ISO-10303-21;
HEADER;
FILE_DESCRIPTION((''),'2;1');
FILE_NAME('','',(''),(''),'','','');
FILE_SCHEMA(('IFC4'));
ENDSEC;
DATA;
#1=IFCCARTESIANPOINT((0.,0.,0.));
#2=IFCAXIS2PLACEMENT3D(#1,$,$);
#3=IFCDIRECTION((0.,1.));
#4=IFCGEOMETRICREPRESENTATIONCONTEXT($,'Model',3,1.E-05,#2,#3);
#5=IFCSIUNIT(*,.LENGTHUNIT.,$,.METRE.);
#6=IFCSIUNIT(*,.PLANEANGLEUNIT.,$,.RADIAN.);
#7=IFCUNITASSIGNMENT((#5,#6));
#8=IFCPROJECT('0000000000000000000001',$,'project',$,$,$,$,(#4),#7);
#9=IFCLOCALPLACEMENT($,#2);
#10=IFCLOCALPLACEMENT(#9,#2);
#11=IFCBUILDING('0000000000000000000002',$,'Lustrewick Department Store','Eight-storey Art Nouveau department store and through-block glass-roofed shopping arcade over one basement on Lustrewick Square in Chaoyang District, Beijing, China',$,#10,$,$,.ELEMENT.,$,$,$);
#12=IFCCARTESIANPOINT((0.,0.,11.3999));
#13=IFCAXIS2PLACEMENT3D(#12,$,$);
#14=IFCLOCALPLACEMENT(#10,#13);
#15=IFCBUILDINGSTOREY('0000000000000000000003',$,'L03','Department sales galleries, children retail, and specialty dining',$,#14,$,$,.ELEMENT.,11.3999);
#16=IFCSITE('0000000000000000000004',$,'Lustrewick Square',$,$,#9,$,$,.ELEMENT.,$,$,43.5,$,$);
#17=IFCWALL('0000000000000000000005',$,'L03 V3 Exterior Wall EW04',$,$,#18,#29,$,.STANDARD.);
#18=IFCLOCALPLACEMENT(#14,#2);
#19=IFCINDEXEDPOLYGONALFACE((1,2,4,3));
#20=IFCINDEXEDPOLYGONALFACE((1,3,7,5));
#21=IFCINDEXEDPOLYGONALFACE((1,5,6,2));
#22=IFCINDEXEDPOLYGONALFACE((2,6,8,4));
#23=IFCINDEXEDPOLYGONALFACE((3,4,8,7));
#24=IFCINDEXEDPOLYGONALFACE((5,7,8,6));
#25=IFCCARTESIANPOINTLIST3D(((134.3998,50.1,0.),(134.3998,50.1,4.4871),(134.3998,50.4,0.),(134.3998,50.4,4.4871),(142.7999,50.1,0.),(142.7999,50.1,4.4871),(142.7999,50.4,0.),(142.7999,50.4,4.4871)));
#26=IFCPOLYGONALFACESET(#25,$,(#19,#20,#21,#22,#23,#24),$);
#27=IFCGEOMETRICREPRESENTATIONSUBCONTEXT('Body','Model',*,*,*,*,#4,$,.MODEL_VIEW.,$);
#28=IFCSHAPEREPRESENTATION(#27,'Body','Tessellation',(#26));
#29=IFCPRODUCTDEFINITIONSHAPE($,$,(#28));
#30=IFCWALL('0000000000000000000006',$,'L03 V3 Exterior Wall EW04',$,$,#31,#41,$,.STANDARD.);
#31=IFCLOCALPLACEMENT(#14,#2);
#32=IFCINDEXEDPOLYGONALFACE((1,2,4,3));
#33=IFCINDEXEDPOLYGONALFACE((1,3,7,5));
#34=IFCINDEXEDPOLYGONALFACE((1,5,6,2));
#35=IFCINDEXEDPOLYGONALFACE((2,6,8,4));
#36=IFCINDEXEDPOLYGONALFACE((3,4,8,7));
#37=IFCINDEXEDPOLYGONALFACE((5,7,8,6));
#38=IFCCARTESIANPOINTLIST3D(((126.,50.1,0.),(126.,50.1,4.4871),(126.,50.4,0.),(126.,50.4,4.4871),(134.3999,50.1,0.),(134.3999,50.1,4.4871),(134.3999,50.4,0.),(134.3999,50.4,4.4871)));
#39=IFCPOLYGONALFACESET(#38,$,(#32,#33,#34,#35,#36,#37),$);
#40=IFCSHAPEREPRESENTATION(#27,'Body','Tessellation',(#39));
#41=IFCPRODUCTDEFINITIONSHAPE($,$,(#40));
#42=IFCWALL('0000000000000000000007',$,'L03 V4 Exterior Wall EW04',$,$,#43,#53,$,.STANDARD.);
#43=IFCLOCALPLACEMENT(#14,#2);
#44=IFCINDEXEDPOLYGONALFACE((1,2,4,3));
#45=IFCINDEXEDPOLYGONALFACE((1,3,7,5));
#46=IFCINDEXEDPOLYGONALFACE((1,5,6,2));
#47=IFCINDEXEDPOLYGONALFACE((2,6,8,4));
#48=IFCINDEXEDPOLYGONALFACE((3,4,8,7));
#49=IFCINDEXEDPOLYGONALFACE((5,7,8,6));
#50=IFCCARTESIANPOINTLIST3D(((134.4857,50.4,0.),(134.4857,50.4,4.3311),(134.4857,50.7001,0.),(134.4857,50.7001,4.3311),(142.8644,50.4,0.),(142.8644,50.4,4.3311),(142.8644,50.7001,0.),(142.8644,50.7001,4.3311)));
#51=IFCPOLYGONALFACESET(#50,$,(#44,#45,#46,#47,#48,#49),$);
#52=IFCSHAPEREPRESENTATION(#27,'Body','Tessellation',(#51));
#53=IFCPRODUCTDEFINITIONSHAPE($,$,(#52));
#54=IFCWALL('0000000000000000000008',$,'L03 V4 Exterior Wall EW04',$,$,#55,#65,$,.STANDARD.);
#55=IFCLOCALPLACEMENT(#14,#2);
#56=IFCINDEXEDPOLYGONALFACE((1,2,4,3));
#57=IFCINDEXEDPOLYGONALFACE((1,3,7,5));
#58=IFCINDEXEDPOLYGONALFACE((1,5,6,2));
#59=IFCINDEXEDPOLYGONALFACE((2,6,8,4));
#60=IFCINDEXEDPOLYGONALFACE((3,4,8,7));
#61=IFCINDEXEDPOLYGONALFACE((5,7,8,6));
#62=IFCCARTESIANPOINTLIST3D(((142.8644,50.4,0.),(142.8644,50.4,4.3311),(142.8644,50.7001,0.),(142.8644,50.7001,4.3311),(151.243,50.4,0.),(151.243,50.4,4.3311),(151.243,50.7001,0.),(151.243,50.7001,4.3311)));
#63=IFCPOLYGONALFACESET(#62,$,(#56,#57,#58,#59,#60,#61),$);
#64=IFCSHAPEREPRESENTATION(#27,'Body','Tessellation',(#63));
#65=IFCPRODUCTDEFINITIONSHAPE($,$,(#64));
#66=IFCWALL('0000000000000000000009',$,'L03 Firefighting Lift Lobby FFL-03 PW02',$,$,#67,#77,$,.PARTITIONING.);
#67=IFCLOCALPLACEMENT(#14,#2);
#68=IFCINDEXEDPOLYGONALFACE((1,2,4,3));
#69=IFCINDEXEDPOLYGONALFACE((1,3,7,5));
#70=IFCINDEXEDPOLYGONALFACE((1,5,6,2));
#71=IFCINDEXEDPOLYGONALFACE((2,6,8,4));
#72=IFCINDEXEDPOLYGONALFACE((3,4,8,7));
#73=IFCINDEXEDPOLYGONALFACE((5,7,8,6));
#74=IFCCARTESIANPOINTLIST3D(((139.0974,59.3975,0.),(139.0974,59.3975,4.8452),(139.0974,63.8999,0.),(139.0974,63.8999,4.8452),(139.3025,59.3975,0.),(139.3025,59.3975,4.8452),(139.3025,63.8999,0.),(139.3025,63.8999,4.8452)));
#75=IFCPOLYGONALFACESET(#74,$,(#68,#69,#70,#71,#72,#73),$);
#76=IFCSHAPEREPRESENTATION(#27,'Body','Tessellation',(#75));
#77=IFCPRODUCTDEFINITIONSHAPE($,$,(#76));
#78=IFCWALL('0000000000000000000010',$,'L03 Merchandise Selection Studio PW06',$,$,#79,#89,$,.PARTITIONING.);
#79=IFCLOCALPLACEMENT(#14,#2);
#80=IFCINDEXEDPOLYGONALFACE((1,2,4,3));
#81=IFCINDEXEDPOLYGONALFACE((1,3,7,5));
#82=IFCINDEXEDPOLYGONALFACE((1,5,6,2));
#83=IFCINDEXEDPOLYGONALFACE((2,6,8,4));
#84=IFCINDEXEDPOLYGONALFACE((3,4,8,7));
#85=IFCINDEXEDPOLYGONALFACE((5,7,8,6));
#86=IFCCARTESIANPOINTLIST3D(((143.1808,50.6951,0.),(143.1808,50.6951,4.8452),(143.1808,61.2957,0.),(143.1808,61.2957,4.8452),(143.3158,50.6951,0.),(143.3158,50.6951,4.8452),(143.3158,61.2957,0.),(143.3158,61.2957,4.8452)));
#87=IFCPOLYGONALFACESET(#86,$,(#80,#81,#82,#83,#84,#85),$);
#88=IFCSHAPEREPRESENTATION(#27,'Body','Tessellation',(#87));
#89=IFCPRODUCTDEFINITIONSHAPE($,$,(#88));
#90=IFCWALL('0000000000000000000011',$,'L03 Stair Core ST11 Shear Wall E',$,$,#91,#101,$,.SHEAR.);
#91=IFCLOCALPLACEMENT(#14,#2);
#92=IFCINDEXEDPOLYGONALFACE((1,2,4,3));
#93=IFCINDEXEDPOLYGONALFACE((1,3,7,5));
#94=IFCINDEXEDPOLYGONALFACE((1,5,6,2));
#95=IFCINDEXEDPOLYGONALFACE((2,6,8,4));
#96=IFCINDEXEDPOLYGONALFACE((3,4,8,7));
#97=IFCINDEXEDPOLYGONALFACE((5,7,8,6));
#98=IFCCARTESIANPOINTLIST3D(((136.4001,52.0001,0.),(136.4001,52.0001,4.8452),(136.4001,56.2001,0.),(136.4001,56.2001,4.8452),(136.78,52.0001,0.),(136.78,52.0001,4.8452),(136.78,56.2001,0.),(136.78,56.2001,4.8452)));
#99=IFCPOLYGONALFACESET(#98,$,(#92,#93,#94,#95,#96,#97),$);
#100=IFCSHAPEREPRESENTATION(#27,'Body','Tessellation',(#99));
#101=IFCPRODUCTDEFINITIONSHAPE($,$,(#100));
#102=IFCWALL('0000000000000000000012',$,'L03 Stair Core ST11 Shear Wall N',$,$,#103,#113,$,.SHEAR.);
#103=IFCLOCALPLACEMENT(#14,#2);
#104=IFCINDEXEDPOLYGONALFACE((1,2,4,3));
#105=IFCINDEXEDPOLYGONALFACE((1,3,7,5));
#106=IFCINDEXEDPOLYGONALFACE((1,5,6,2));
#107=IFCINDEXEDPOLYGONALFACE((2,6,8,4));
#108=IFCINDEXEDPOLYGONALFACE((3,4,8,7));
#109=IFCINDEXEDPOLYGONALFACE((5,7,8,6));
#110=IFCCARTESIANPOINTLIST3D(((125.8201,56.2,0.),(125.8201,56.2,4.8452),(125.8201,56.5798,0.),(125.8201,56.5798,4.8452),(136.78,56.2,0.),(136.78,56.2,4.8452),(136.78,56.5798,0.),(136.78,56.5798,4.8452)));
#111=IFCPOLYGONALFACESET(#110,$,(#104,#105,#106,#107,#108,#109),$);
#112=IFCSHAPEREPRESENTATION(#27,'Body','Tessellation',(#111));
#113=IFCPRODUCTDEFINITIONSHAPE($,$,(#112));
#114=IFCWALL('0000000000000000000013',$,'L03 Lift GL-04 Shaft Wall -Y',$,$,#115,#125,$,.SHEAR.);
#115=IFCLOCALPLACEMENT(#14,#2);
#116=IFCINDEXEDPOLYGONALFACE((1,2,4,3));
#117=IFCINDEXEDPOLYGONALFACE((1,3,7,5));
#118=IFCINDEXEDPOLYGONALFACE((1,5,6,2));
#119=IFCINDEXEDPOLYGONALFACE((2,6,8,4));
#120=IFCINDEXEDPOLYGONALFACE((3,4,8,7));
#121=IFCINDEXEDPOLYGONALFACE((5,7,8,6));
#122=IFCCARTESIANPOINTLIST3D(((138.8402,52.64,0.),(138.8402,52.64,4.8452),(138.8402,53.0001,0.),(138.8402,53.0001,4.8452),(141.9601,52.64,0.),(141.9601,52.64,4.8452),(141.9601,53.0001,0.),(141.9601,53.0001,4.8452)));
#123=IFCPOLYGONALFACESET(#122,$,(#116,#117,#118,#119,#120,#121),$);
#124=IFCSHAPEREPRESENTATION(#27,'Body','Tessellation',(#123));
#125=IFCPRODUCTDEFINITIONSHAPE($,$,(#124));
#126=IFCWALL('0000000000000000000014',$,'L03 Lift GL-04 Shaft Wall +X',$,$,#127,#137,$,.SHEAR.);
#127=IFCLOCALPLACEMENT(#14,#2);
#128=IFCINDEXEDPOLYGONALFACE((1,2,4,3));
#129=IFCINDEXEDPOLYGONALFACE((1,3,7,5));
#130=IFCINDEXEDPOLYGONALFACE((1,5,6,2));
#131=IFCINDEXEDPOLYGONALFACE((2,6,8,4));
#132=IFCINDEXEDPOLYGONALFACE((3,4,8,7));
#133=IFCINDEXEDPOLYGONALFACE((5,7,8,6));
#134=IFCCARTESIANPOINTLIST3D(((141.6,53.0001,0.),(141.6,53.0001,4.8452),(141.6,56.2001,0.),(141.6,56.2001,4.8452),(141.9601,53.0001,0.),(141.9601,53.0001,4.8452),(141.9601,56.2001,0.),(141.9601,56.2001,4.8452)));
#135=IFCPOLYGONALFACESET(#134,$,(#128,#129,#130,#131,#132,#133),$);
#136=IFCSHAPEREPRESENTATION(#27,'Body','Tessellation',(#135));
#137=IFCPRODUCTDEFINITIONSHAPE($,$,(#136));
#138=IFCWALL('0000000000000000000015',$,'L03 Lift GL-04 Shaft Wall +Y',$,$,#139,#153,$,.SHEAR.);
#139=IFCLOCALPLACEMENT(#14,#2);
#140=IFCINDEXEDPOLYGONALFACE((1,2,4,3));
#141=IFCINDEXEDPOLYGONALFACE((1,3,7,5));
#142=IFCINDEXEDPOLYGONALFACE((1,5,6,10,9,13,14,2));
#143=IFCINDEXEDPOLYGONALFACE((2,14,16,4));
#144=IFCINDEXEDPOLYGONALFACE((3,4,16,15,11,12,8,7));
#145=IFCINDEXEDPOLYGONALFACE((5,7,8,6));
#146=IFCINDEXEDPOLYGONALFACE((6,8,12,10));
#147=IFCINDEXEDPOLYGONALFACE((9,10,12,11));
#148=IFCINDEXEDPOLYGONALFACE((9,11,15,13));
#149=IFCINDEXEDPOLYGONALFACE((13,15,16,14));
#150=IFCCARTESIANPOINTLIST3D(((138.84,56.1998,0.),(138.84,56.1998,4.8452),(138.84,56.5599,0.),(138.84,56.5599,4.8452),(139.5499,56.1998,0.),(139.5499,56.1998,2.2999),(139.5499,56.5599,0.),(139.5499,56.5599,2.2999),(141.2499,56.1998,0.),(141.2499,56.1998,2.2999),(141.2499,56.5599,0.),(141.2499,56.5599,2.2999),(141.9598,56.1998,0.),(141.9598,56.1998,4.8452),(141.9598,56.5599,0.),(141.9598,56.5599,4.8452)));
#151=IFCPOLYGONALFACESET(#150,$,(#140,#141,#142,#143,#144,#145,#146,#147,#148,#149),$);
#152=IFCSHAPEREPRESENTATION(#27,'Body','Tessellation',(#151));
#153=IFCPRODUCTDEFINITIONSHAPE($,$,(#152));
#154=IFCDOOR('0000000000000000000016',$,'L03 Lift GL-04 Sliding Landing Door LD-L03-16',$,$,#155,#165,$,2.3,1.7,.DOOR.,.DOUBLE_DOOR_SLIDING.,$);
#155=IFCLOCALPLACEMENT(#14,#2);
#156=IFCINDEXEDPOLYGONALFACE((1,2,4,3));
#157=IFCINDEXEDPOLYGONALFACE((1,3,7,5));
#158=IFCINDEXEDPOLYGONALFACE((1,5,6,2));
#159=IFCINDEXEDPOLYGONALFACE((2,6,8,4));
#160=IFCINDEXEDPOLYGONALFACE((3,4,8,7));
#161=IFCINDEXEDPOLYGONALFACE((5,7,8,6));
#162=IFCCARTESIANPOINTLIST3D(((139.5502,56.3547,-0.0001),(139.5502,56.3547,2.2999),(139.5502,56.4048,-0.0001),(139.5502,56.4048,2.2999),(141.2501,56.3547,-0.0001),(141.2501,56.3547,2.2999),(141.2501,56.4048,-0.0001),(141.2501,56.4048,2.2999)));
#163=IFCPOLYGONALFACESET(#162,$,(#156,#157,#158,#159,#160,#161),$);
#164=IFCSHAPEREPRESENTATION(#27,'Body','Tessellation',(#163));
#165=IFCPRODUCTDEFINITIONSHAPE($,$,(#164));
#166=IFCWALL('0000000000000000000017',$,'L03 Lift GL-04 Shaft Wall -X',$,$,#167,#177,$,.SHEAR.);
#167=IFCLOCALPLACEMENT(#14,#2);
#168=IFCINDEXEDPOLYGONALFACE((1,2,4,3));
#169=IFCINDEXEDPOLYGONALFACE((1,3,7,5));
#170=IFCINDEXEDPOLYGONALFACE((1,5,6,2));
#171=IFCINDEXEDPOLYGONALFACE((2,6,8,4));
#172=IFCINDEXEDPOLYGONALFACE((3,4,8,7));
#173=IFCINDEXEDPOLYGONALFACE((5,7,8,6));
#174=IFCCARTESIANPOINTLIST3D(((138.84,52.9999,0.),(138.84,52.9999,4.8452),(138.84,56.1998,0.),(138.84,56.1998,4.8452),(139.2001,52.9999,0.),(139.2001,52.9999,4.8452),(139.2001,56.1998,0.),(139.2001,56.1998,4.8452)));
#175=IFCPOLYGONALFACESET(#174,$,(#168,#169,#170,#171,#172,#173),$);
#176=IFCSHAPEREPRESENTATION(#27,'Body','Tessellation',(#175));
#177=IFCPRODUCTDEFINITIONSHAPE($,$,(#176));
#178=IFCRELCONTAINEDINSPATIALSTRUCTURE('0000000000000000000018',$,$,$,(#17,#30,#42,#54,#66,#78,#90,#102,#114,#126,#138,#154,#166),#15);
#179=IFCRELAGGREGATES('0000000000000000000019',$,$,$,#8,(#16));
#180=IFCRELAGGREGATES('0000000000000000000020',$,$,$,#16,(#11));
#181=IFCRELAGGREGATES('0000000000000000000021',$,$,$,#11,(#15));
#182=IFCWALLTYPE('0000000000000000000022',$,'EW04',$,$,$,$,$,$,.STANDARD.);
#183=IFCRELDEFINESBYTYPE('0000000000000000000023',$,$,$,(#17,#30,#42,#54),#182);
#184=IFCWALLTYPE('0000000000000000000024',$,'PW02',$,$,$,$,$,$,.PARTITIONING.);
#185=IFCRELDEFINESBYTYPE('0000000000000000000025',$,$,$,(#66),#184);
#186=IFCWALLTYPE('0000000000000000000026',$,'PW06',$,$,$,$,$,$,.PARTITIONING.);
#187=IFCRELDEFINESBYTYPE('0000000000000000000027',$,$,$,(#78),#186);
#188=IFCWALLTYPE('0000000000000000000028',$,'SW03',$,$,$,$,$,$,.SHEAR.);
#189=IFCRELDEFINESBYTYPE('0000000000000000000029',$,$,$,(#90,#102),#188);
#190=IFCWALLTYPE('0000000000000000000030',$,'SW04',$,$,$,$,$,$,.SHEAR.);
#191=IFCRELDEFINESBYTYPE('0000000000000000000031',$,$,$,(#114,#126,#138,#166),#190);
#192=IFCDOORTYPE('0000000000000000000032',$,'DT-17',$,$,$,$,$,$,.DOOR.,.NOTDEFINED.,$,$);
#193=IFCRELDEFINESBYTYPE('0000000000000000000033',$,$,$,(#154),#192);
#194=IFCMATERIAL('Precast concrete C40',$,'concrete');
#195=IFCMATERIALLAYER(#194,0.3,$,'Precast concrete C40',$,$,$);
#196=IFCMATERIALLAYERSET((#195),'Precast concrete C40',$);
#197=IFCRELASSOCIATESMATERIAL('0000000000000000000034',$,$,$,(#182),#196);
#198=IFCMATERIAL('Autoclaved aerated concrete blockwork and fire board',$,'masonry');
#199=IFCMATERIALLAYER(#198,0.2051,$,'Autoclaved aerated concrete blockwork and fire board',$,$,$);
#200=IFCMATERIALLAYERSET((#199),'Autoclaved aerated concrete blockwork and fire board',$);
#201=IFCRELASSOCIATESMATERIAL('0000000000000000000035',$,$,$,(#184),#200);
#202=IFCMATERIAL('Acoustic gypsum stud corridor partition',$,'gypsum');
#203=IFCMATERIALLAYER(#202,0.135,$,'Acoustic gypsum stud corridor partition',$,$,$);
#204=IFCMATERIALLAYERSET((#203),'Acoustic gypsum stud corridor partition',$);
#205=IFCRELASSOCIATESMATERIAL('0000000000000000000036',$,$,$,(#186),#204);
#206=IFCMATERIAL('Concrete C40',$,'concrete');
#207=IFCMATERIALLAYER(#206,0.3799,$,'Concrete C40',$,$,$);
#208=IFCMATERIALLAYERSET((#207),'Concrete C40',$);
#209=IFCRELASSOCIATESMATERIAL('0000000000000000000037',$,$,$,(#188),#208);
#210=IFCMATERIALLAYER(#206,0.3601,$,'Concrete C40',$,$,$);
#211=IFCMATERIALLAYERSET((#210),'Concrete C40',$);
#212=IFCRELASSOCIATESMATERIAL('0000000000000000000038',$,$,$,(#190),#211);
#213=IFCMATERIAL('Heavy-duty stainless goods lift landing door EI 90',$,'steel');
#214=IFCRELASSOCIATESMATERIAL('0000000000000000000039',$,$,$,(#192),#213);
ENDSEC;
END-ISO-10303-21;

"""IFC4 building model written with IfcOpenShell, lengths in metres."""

from ifc_helpers import new_model, si_unit, direction, frame, frame_2d, origin, place, context, subcontext, project, spatial, rectangle, extrude, material, layer, layer_set, type_object, element, fill, save


model = new_model("IFC4")

# Units and contexts
model_context = context("Model", 3, precision=1e-05, world=origin(), true_north=direction((0.0, 1.0)))
body_context = subcontext(model_context, "Body", "Model", "MODEL_VIEW")
ifc_project = project(units=[si_unit("LENGTHUNIT", "METRE"), si_unit("PLANEANGLEUNIT", "RADIAN")], contexts=[model_context])

# Site, building, storey
site_placement = place(None, origin())
site = spatial("IfcSite", under=ifc_project, at=site_placement, Name="Lustrewick Square", CompositionType="ELEMENT", RefElevation=43.5)
building_placement = place(site_placement, origin())
building = spatial("IfcBuilding", under=site, at=building_placement, Name="Lustrewick Department Store", Description="Eight-storey Art Nouveau department store and through-block glass-roofed shopping arcade over one basement on Lustrewick Square in Chaoyang District, Beijing, China", CompositionType="ELEMENT")
storey_placement = place(building_placement, frame((0.0, 0.0, 11.3999)))
storey = spatial("IfcBuildingStorey", under=building, at=storey_placement, Name="L03", Description="Department sales galleries, children retail, and specialty dining", CompositionType="ELEMENT", Elevation=11.3999)

# Walls
ifc_material_1 = material(Name="Precast concrete C40", Category="concrete")
ifc_layer_1 = layer(ifc_material_1, 0.3, Name="Precast concrete C40")
ifc_layer_set_1 = layer_set([ifc_layer_1], Name="Precast concrete C40")
wall_type_1 = type_object("IfcWallType", Name="EW04", PredefinedType="STANDARD", material=ifc_layer_set_1)
wall_1_placement = place(storey_placement, frame((142.8, 50.25, 0.0), z_axis=(0.0, 0.0, 1.0), x_axis=(-1.0, 0.0, 0.0)))
element("IfcWall", 1, at=wall_1_placement, inside=storey, type_object=wall_type_1, Name="L03 V3 Exterior Wall EW04", PredefinedType="STANDARD", context=body_context, shape_type="SweptSolid", body=[
    extrude(rectangle(XDim=8.4001, YDim=0.3, at=frame_2d((4.2002, 0.0))), origin(), (0.0, 0.0, 1.0), 4.4871),
])
wall_2_placement = place(storey_placement, frame((134.3999, 50.25, 0.0), z_axis=(0.0, 0.0, 1.0), x_axis=(-1.0, 0.0, 0.0)))
element("IfcWall", 2, at=wall_2_placement, inside=storey, type_object=wall_type_1, Name="L03 V3 Exterior Wall EW04", PredefinedType="STANDARD", context=body_context, shape_type="SweptSolid", body=[
    extrude(rectangle(XDim=8.3999, YDim=0.3, at=frame_2d((4.2, 0.0))), origin(), (0.0, 0.0, 1.0), 4.4871),
])
for number, where, z_axis, x_axis, name in (
    (3, (134.4856, 50.55, 0.0), (0.0, 0.0, 1.0), (1.0, 0.0, 0.0), "L03 V4 Exterior Wall EW04"),
    (4, (142.8643, 50.55, 0.0), (0.0, 0.0, 1.0), (1.0, 0.0, 0.0), "L03 V4 Exterior Wall EW04"),
):
    element("IfcWall", number, at=place(storey_placement, frame(where, z_axis=z_axis, x_axis=x_axis)), inside=storey, type_object=wall_type_1, Name=name, PredefinedType="STANDARD", context=body_context, shape_type="SweptSolid", body=[
        extrude(rectangle(XDim=8.3787, YDim=0.3, at=frame_2d((4.1895, 0.0))), origin(), (0.0, 0.0, 1.0), 4.3311),
    ])

# Shared definitions
ifc_material_2 = material(Name="Autoclaved aerated concrete blockwork and fire board", Category="masonry")
ifc_layer_2 = layer(ifc_material_2, 0.2051, Name="Autoclaved aerated concrete blockwork and fire board")
ifc_layer_set_2 = layer_set([ifc_layer_2], Name="Autoclaved aerated concrete blockwork and fire board")
wall_type_2 = type_object("IfcWallType", Name="PW02", PredefinedType="PARTITIONING", material=ifc_layer_set_2)

# Walls
wall_3_placement = place(storey_placement, frame((139.2, 59.3975, 0.0), z_axis=(0.0, 0.0, 1.0), x_axis=(0.0, 1.0, 0.0)))
element("IfcWall", 5, at=wall_3_placement, inside=storey, type_object=wall_type_2, Name="L03 Firefighting Lift Lobby FFL-03 PW02", PredefinedType="PARTITIONING", context=body_context, shape_type="SweptSolid", body=[
    extrude(rectangle(XDim=4.5024, YDim=0.2051, at=frame_2d((2.2512, 0.0))), origin(), (0.0, 0.0, 1.0), 4.8452),
])
ifc_material_3 = material(Name="Acoustic gypsum stud corridor partition", Category="gypsum")
ifc_layer_3 = layer(ifc_material_3, 0.135, Name="Acoustic gypsum stud corridor partition")
ifc_layer_set_3 = layer_set([ifc_layer_3], Name="Acoustic gypsum stud corridor partition")
wall_type_3 = type_object("IfcWallType", Name="PW06", PredefinedType="PARTITIONING", material=ifc_layer_set_3)
wall_4_placement = place(storey_placement, frame((143.2483, 61.2957, 0.0), z_axis=(0.0, 0.0, 1.0), x_axis=(0.0, -1.0, 0.0)))
element("IfcWall", 6, at=wall_4_placement, inside=storey, type_object=wall_type_3, Name="L03 Merchandise Selection Studio PW06", PredefinedType="PARTITIONING", context=body_context, shape_type="SweptSolid", body=[
    extrude(rectangle(XDim=10.6006, YDim=0.135, at=frame_2d((5.3003, 0.0))), origin(), (0.0, 0.0, 1.0), 4.8452),
])
ifc_material_4 = material(Name="Concrete C40", Category="concrete")
ifc_layer_4 = layer(ifc_material_4, 0.3799, Name="Concrete C40")
ifc_layer_set_4 = layer_set([ifc_layer_4], Name="Concrete C40")
wall_type_4 = type_object("IfcWallType", Name="SW03", PredefinedType="SHEAR", material=ifc_layer_set_4)
wall_5_placement = place(storey_placement, frame((136.5901, 52.0, 0.0), z_axis=(0.0, 0.0, 1.0), x_axis=(0.0, 1.0, 0.0)))
element("IfcWall", 7, at=wall_5_placement, inside=storey, type_object=wall_type_4, Name="L03 Stair Core ST11 Shear Wall E", PredefinedType="SHEAR", context=body_context, shape_type="SweptSolid", body=[
    extrude(rectangle(XDim=4.2, YDim=0.3799, at=frame_2d((2.1001, 0.0))), origin(), (0.0, 0.0, 1.0), 4.8452),
])
wall_6_placement = place(storey_placement, frame((136.78, 56.3899, 0.0), z_axis=(0.0, 0.0, 1.0), x_axis=(-1.0, 0.0, 0.0)))
element("IfcWall", 8, at=wall_6_placement, inside=storey, type_object=wall_type_4, Name="L03 Stair Core ST11 Shear Wall N", PredefinedType="SHEAR", context=body_context, shape_type="SweptSolid", body=[
    extrude(rectangle(XDim=10.96, YDim=0.3799, at=frame_2d((5.48, 0.0))), origin(), (0.0, 0.0, 1.0), 4.8452),
])
ifc_layer_5 = layer(ifc_material_4, 0.3601, Name="Concrete C40")
ifc_layer_set_5 = layer_set([ifc_layer_5], Name="Concrete C40")
wall_type_5 = type_object("IfcWallType", Name="SW04", PredefinedType="SHEAR", material=ifc_layer_set_5)
wall_7_placement = place(storey_placement, frame((138.8401, 52.8201, 0.0), z_axis=(0.0, 0.0, 1.0), x_axis=(1.0, 0.0, 0.0)))
element("IfcWall", 9, at=wall_7_placement, inside=storey, type_object=wall_type_5, Name="L03 Lift GL-04 Shaft Wall -Y", PredefinedType="SHEAR", context=body_context, shape_type="SweptSolid", body=[
    extrude(rectangle(XDim=3.1199, YDim=0.3601, at=frame_2d((1.5601, 0.0))), origin(), (0.0, 0.0, 1.0), 4.8452),
])
wall_8_placement = place(storey_placement, frame((141.78, 53.0, 0.0), z_axis=(0.0, 0.0, 1.0), x_axis=(0.0, 1.0, 0.0)))
element("IfcWall", 10, at=wall_8_placement, inside=storey, type_object=wall_type_5, Name="L03 Lift GL-04 Shaft Wall +X", PredefinedType="SHEAR", context=body_context, shape_type="SweptSolid", body=[
    extrude(rectangle(XDim=3.2, YDim=0.3601, at=frame_2d((1.6001, 0.0))), origin(), (0.0, 0.0, 1.0), 4.8452),
])

# Wall, opening, door
wall_9_placement = place(storey_placement, frame((141.96, 56.3799, 0.0), z_axis=(0.0, 0.0, 1.0), x_axis=(-1.0, 0.0, 0.0)))
wall_9 = element("IfcWall", 11, at=wall_9_placement, inside=storey, type_object=wall_type_5, Name="L03 Lift GL-04 Shaft Wall +Y", PredefinedType="SHEAR", context=body_context, shape_type="SweptSolid", body=[
    extrude(rectangle(XDim=3.1199, YDim=0.3601, at=frame_2d((1.5601, 0.0))), origin(), (0.0, 0.0, 1.0), 4.8452),
])
opening_1_placement = place(wall_9_placement, frame((0.71, 0.0, 0.0)))
opening_1 = element("IfcOpeningElement", 12, at=opening_1_placement, cuts=wall_9, PredefinedType="OPENING", context=body_context, shape_type="SweptSolid", body=[
    extrude(rectangle(XDim=1.7, YDim=2.3, at=frame_2d((0.8501, 1.1499))), frame((0.0, 0.1899, 0.0), z_axis=(0.0, -1.0, 0.0), x_axis=(1.0, 0.0, 0.0)), (0.0, 0.0, 1.0), 0.3801),
])
ifc_material_5 = material(Name="Heavy-duty stainless goods lift landing door EI 90", Category="steel")
door_type_1 = type_object("IfcDoorType", Name="DT-17", OperationType="NOTDEFINED", PredefinedType="DOOR", material=ifc_material_5)
door_1_placement = place(opening_1_placement, frame((1.7, 0.0, 0.0), z_axis=(0.0, 0.0, 1.0), x_axis=(-1.0, 0.0, 0.0)))
door_1 = element("IfcDoor", 13, at=door_1_placement, inside=storey, type_object=door_type_1, Name="L03 Lift GL-04 Sliding Landing Door LD-L03-16", OperationType="DOUBLE_DOOR_SLIDING", OverallHeight=2.3, OverallWidth=1.7, PredefinedType="DOOR", context=body_context, shape_type="SweptSolid", body=[
    extrude(rectangle(XDim=1.7, YDim=2.3, at=frame_2d((0.8501, 1.1499))), frame((0.0, 0.0249, 0.0), z_axis=(0.0, -1.0, 0.0), x_axis=(1.0, 0.0, 0.0)), (0.0, 0.0, 1.0), 0.05),
])
fill(opening_1, door_1)

# Wall
wall_10_placement = place(storey_placement, frame((139.02, 56.2, 0.0), z_axis=(0.0, 0.0, 1.0), x_axis=(0.0, -1.0, 0.0)))
element("IfcWall", 14, at=wall_10_placement, inside=storey, type_object=wall_type_5, Name="L03 Lift GL-04 Shaft Wall -X", PredefinedType="SHEAR", context=body_context, shape_type="SweptSolid", body=[
    extrude(rectangle(XDim=3.2, YDim=0.3601, at=frame_2d((1.6001, 0.0))), origin(), (0.0, 0.0, 1.0), 4.8452),
])

save(model, "model.ifc")
